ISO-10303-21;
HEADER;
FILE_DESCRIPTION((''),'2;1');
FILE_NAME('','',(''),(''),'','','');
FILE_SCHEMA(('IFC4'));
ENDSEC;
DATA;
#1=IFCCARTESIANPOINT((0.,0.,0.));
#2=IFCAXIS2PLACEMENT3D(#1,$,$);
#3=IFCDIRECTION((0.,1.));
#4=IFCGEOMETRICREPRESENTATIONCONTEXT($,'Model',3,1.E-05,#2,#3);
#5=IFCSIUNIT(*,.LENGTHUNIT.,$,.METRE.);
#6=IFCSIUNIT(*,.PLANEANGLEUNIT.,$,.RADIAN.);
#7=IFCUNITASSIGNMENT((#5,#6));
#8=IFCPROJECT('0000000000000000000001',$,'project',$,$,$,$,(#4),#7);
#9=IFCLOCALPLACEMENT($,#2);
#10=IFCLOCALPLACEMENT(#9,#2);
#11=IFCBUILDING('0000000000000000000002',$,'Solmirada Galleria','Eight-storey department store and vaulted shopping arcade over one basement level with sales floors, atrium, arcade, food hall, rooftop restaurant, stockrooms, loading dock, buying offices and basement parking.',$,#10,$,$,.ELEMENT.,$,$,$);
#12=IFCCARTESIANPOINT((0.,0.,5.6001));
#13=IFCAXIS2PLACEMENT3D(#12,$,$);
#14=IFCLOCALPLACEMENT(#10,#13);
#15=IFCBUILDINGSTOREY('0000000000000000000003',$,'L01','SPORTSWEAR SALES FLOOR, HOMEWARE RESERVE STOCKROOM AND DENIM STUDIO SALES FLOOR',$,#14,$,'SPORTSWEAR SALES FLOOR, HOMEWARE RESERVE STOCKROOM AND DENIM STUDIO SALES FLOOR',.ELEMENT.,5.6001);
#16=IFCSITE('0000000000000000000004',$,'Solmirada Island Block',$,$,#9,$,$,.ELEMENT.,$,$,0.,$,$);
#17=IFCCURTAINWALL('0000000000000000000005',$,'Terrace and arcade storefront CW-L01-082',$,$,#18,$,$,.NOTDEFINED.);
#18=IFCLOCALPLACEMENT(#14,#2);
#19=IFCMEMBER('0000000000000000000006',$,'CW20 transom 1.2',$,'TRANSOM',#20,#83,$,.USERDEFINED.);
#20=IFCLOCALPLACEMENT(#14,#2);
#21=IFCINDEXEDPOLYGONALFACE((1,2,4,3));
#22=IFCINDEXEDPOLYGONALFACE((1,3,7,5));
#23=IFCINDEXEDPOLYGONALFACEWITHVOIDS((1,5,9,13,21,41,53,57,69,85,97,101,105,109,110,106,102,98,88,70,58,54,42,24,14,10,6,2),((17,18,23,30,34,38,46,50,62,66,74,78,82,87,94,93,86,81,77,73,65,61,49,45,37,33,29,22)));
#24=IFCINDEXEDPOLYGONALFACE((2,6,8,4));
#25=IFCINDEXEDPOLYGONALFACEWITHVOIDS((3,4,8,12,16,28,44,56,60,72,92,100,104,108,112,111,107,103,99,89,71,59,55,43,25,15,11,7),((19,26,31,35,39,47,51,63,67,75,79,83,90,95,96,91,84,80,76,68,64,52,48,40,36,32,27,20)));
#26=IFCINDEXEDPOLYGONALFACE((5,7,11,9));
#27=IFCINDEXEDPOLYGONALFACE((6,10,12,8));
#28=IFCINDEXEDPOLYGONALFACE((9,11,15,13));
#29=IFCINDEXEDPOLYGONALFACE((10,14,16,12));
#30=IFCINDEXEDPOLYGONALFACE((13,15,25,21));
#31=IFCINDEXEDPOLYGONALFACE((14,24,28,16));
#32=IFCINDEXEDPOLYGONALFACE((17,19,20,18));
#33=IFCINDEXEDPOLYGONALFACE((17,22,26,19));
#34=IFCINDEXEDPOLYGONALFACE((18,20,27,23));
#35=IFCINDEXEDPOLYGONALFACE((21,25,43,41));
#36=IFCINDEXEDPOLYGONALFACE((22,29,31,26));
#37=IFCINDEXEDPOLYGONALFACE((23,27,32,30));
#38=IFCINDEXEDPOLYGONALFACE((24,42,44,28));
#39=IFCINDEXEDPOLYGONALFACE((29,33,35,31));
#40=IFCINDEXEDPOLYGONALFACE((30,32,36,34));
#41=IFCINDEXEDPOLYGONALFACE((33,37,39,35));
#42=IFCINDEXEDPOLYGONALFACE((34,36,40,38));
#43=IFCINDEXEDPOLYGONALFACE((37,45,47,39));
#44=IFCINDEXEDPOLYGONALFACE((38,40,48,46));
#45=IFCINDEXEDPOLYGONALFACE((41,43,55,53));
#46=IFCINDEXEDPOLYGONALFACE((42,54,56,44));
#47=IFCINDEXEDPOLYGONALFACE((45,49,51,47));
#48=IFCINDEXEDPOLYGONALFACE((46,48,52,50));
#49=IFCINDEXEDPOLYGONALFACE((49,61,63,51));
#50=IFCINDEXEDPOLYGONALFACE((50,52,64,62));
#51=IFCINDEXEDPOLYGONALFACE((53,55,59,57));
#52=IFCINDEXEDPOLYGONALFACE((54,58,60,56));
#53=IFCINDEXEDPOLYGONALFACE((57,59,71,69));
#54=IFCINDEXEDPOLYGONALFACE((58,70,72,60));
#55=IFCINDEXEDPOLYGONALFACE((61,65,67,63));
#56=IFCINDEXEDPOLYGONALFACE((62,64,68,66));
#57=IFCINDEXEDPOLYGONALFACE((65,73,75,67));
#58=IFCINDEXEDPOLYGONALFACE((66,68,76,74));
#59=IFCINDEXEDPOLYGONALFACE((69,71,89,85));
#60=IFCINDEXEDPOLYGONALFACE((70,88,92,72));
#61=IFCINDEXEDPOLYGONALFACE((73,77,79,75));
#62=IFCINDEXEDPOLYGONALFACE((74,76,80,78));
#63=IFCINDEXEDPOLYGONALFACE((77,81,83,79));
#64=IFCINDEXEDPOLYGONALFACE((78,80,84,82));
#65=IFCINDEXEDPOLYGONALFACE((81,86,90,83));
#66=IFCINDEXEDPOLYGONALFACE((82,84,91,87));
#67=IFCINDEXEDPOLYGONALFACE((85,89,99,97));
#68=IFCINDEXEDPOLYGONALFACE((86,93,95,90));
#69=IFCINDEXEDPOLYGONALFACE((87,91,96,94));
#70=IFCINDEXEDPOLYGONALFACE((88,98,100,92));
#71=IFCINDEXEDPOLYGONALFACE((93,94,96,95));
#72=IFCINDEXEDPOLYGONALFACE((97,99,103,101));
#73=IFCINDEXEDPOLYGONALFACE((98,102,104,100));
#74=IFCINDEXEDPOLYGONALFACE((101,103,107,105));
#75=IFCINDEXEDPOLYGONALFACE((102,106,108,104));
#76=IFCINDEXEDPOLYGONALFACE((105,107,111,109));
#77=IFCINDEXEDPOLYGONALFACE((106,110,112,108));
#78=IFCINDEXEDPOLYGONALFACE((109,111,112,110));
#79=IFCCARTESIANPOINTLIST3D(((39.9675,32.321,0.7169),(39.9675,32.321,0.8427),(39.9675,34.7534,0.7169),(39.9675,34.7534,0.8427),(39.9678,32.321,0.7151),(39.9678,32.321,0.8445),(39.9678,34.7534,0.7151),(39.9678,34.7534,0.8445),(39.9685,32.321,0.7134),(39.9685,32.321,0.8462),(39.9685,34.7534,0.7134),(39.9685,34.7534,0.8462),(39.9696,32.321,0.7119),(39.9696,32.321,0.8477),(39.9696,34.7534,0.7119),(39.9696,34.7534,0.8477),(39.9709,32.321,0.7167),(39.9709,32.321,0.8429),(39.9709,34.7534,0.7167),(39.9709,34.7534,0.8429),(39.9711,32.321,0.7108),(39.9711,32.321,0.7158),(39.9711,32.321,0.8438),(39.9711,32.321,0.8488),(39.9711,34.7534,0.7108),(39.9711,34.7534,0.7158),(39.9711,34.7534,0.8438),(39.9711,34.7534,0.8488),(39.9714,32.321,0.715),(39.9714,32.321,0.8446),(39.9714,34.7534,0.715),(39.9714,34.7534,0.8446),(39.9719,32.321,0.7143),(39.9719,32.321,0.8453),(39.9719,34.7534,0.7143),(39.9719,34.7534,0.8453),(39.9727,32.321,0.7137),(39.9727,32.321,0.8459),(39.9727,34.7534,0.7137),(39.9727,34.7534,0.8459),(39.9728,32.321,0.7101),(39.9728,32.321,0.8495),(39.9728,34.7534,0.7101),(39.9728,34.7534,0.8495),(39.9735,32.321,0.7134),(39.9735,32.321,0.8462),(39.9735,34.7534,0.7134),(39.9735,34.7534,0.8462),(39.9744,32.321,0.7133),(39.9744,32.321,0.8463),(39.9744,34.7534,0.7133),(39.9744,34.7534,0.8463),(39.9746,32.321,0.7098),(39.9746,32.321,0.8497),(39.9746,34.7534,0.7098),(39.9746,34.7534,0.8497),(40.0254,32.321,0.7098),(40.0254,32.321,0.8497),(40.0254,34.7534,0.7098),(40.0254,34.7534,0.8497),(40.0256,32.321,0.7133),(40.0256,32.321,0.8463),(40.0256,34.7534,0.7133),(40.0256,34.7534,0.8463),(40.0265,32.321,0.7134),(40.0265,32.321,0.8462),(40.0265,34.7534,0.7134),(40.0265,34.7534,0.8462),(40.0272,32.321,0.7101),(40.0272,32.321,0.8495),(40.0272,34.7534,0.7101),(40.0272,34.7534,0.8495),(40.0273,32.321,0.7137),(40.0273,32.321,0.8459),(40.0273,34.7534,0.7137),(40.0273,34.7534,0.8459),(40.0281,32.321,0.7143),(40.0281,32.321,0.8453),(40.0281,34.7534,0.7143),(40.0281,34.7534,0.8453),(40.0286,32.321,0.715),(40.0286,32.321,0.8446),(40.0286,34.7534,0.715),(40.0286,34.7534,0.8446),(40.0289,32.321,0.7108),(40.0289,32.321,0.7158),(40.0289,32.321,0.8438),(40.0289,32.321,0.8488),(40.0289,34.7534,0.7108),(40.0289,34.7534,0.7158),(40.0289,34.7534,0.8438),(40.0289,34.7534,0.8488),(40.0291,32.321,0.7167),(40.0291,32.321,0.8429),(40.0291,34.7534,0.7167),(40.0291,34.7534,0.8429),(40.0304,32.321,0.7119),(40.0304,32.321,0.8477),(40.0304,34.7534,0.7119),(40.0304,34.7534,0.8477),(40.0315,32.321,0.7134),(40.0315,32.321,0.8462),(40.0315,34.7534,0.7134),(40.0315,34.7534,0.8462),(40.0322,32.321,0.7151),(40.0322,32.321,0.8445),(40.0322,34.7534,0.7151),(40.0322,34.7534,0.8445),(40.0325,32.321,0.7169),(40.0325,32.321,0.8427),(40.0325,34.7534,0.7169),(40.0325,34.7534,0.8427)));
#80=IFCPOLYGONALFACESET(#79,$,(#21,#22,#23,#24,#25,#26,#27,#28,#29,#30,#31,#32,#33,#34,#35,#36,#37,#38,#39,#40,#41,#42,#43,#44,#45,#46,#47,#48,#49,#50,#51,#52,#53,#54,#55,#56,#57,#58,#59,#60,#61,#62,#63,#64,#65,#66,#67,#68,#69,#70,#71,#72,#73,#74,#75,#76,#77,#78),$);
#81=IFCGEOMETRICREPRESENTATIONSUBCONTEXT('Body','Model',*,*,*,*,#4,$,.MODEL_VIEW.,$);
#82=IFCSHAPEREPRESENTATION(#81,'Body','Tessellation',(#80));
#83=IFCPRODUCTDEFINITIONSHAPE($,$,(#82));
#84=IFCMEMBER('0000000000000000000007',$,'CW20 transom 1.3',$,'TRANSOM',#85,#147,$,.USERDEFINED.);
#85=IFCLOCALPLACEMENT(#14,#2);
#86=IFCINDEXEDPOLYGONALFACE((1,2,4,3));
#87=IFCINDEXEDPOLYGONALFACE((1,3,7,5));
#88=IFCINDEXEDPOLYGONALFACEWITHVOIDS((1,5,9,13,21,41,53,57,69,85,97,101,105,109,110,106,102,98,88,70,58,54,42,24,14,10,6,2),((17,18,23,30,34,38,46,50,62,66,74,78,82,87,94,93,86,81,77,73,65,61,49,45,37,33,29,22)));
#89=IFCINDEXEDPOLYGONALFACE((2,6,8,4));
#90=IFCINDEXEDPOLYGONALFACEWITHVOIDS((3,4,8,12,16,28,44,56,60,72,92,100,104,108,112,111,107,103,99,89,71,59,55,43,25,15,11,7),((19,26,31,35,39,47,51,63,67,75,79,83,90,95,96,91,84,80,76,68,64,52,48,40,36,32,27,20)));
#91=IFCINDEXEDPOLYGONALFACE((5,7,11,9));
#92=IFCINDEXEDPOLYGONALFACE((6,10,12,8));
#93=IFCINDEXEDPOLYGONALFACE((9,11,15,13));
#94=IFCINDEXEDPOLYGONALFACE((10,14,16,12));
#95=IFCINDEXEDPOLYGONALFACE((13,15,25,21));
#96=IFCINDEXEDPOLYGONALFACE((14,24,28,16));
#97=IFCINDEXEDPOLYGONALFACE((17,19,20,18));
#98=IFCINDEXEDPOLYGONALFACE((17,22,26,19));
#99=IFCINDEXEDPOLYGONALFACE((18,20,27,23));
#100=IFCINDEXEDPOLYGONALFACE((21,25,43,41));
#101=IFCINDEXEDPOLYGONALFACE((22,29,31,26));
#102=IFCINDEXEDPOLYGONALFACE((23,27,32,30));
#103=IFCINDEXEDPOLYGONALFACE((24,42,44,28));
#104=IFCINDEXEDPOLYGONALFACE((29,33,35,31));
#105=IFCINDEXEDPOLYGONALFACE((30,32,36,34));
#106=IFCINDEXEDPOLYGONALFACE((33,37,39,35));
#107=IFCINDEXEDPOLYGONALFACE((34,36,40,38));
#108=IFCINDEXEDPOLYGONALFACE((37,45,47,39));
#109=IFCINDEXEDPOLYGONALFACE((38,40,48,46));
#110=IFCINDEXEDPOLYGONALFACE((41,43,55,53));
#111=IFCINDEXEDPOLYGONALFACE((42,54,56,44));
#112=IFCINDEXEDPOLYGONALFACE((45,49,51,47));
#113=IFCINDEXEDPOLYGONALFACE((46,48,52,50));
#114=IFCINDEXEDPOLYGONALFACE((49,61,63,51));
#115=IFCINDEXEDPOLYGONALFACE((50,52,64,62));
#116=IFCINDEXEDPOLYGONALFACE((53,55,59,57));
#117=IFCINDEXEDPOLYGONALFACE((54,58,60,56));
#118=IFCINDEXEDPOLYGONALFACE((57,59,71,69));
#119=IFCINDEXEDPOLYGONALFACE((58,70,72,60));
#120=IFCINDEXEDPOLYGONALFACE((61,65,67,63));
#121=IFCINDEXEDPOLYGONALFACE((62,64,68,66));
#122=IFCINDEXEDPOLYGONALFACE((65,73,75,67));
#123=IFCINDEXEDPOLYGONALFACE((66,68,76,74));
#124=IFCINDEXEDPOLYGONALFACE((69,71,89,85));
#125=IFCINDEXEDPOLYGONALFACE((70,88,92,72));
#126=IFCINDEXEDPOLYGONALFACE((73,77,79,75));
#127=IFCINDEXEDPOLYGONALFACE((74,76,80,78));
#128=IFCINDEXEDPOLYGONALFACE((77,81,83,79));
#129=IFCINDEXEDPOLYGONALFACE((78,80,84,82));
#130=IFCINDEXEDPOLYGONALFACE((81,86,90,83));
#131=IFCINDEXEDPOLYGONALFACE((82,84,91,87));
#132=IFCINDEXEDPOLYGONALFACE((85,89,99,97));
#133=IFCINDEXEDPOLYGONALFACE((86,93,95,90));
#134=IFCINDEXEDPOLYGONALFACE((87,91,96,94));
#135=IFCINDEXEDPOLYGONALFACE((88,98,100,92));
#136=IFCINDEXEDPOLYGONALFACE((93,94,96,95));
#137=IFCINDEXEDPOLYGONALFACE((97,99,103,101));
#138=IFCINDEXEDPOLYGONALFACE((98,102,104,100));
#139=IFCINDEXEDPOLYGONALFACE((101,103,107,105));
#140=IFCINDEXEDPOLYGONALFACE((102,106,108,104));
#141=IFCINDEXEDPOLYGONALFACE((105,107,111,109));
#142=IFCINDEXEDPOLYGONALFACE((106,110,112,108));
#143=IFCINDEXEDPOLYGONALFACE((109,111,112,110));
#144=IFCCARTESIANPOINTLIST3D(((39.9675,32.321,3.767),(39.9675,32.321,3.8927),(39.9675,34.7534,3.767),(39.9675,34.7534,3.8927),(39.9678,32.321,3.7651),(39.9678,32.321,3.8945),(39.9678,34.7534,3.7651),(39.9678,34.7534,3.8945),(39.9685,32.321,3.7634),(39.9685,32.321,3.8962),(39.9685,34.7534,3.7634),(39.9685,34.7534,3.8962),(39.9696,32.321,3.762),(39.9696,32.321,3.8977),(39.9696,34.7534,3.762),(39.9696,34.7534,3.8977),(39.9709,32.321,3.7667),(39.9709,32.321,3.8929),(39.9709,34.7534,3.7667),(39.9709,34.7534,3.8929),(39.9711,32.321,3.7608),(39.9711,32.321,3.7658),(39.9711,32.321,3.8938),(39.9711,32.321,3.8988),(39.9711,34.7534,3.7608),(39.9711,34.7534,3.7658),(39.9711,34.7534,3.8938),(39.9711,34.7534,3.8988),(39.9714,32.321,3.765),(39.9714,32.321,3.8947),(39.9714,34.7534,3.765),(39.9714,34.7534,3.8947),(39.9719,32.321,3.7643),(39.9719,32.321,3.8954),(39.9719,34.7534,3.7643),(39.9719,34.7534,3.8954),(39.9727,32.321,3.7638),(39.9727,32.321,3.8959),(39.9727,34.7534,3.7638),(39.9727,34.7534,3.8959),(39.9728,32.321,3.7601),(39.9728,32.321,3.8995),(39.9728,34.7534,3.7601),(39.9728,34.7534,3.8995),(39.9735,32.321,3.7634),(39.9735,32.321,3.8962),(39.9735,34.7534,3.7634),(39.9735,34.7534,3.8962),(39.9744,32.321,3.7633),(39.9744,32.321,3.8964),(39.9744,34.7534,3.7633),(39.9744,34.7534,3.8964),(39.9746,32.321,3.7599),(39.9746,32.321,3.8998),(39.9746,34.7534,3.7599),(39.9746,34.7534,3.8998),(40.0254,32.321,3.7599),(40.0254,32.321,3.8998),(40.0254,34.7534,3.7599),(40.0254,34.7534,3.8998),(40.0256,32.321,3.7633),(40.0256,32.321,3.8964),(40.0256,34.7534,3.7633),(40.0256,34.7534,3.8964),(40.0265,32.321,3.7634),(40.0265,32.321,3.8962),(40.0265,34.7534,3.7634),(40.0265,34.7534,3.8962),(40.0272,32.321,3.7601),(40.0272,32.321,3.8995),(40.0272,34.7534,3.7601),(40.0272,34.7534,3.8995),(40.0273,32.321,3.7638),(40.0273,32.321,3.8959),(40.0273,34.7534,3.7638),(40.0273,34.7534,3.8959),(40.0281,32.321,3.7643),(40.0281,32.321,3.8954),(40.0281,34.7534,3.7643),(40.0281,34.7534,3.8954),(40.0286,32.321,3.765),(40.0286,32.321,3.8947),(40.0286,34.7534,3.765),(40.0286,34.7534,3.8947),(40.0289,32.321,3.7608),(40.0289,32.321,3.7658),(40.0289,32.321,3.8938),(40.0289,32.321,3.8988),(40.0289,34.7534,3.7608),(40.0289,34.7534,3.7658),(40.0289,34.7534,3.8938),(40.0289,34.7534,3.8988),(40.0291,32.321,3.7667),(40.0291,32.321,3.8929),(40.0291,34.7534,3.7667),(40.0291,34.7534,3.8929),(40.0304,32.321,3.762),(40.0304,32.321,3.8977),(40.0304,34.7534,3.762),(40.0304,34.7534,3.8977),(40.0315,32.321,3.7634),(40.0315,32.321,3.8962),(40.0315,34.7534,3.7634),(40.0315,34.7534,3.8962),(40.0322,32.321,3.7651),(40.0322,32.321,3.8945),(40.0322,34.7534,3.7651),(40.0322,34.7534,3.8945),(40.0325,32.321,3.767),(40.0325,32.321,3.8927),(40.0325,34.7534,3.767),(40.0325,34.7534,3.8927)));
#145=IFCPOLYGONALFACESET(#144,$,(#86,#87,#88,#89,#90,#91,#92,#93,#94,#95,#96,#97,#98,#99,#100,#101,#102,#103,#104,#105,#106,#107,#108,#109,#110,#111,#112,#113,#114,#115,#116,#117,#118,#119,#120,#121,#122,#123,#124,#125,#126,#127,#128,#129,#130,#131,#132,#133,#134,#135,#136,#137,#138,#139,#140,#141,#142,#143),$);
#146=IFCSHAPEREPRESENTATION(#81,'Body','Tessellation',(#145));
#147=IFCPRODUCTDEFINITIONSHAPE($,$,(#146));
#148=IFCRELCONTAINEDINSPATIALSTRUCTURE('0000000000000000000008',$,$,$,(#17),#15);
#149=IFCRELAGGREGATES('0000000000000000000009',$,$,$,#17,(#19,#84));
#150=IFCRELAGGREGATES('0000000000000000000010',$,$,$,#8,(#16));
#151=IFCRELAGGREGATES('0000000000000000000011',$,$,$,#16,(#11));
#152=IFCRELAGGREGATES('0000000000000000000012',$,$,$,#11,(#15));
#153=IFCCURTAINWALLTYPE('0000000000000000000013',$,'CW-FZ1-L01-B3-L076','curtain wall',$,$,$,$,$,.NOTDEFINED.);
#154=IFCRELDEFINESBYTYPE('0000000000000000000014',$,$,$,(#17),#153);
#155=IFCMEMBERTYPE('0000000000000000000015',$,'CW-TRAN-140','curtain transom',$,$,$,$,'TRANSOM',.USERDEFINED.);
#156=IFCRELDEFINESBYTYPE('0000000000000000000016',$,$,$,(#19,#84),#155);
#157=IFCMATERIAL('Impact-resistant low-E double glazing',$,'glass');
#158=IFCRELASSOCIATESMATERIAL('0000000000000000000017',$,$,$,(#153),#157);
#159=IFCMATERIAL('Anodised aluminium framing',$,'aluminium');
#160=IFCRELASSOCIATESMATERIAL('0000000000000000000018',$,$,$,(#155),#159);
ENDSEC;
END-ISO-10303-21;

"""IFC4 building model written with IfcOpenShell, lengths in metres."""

from ifc_helpers import new_model, si_unit, direction, frame, origin, origin_2d, place, context, subcontext, project, spatial, hollow_rectangle, extrude, material, material_profile, profile_set, type_object, element, aggregate, save


model = new_model("IFC4")

# Units and contexts
model_context = context("Model", 3, precision=1e-05, world=origin(), true_north=direction((0.0, 1.0)))
body_context = subcontext(model_context, "Body", "Model", "MODEL_VIEW")
ifc_project = project(units=[si_unit("LENGTHUNIT", "METRE"), si_unit("PLANEANGLEUNIT", "RADIAN")], contexts=[model_context])

# Site, building, storey
site_placement = place(None, origin())
site = spatial("IfcSite", under=ifc_project, at=site_placement, Name="Solmirada Island Block", CompositionType="ELEMENT", RefElevation=0.0)
building_placement = place(site_placement, origin())
building = spatial("IfcBuilding", under=site, at=building_placement, Name="Solmirada Galleria", Description="Eight-storey department store and vaulted shopping arcade over one basement level with sales floors, atrium, arcade, food hall, rooftop restaurant, stockrooms, loading dock, buying offices and basement parking.", CompositionType="ELEMENT")
storey_placement = place(building_placement, frame((0.0, 0.0, 5.6001)))
storey = spatial("IfcBuildingStorey", under=building, at=storey_placement, Name="L01", Description="SPORTSWEAR SALES FLOOR, HOMEWARE RESERVE STOCKROOM AND DENIM STUDIO SALES FLOOR", LongName="SPORTSWEAR SALES FLOOR, HOMEWARE RESERVE STOCKROOM AND DENIM STUDIO SALES FLOOR", CompositionType="ELEMENT", Elevation=5.6001)

# Shared definitions
ifc_material_1 = material(Name="Impact-resistant low-E double glazing", Category="glass")
curtain_wall_type = type_object("IfcCurtainWallType", Name="CW-FZ1-L01-B3-L076", Description="curtain wall", PredefinedType="NOTDEFINED", material=ifc_material_1)
ifc_material_2 = material(Name="Anodised aluminium framing", Category="aluminium")

# Curtain wall, members
curtain_wall_1_placement = place(storey_placement, origin())
curtain_wall_1 = element("IfcCurtainWall", 1, at=curtain_wall_1_placement, inside=storey, type_object=curtain_wall_type, Name="Terrace and arcade storefront CW-L01-082", PredefinedType="NOTDEFINED")
ifc_material_profile_1 = material_profile(ifc_material_2, hollow_rectangle(XDim=0.0649, YDim=0.1399, WallThickness=0.0034, InnerFilletRadius=0.0034, OuterFilletRadius=0.0071, at=origin_2d()), Name="ALU-TRAN-140X65")
ifc_profile_set_1 = profile_set([ifc_material_profile_1], Name="Anodised aluminium framing")
member_type_1 = type_object("IfcMemberType", Name="CW-TRAN-140", Description="curtain transom", ElementType="TRANSOM", PredefinedType="USERDEFINED", material=ifc_profile_set_1)
member_1_placement = place(storey_placement, frame((40.0, 32.321, 0.7798), z_axis=(0.0, 1.0, 0.0), x_axis=(-1.0, 0.0, 0.0)))
member_1 = element("IfcMember", 2, at=member_1_placement, type_object=member_type_1, Name="CW20 transom 1.2", ObjectType="TRANSOM", PredefinedType="USERDEFINED", context=body_context, shape_type="SweptSolid", body=[
    extrude(hollow_rectangle(XDim=0.0649, YDim=0.1399, WallThickness=0.0034, InnerFilletRadius=0.0034, OuterFilletRadius=0.0071, at=origin_2d()), origin(), (0.0, 0.0, 1.0), 2.4324),
])
member_2_placement = place(storey_placement, frame((40.0, 32.321, 3.8298), z_axis=(0.0, 1.0, 0.0), x_axis=(-1.0, 0.0, 0.0)))
member_2 = element("IfcMember", 3, at=member_2_placement, type_object=member_type_1, Name="CW20 transom 1.3", ObjectType="TRANSOM", PredefinedType="USERDEFINED", context=body_context, shape_type="SweptSolid", body=[
    extrude(hollow_rectangle(XDim=0.0649, YDim=0.1399, WallThickness=0.0034, InnerFilletRadius=0.0034, OuterFilletRadius=0.0071, at=origin_2d()), origin(), (0.0, 0.0, 1.0), 2.4324),
])

aggregate(curtain_wall_1, [member_1, member_2])

save(model, "model.ifc")
